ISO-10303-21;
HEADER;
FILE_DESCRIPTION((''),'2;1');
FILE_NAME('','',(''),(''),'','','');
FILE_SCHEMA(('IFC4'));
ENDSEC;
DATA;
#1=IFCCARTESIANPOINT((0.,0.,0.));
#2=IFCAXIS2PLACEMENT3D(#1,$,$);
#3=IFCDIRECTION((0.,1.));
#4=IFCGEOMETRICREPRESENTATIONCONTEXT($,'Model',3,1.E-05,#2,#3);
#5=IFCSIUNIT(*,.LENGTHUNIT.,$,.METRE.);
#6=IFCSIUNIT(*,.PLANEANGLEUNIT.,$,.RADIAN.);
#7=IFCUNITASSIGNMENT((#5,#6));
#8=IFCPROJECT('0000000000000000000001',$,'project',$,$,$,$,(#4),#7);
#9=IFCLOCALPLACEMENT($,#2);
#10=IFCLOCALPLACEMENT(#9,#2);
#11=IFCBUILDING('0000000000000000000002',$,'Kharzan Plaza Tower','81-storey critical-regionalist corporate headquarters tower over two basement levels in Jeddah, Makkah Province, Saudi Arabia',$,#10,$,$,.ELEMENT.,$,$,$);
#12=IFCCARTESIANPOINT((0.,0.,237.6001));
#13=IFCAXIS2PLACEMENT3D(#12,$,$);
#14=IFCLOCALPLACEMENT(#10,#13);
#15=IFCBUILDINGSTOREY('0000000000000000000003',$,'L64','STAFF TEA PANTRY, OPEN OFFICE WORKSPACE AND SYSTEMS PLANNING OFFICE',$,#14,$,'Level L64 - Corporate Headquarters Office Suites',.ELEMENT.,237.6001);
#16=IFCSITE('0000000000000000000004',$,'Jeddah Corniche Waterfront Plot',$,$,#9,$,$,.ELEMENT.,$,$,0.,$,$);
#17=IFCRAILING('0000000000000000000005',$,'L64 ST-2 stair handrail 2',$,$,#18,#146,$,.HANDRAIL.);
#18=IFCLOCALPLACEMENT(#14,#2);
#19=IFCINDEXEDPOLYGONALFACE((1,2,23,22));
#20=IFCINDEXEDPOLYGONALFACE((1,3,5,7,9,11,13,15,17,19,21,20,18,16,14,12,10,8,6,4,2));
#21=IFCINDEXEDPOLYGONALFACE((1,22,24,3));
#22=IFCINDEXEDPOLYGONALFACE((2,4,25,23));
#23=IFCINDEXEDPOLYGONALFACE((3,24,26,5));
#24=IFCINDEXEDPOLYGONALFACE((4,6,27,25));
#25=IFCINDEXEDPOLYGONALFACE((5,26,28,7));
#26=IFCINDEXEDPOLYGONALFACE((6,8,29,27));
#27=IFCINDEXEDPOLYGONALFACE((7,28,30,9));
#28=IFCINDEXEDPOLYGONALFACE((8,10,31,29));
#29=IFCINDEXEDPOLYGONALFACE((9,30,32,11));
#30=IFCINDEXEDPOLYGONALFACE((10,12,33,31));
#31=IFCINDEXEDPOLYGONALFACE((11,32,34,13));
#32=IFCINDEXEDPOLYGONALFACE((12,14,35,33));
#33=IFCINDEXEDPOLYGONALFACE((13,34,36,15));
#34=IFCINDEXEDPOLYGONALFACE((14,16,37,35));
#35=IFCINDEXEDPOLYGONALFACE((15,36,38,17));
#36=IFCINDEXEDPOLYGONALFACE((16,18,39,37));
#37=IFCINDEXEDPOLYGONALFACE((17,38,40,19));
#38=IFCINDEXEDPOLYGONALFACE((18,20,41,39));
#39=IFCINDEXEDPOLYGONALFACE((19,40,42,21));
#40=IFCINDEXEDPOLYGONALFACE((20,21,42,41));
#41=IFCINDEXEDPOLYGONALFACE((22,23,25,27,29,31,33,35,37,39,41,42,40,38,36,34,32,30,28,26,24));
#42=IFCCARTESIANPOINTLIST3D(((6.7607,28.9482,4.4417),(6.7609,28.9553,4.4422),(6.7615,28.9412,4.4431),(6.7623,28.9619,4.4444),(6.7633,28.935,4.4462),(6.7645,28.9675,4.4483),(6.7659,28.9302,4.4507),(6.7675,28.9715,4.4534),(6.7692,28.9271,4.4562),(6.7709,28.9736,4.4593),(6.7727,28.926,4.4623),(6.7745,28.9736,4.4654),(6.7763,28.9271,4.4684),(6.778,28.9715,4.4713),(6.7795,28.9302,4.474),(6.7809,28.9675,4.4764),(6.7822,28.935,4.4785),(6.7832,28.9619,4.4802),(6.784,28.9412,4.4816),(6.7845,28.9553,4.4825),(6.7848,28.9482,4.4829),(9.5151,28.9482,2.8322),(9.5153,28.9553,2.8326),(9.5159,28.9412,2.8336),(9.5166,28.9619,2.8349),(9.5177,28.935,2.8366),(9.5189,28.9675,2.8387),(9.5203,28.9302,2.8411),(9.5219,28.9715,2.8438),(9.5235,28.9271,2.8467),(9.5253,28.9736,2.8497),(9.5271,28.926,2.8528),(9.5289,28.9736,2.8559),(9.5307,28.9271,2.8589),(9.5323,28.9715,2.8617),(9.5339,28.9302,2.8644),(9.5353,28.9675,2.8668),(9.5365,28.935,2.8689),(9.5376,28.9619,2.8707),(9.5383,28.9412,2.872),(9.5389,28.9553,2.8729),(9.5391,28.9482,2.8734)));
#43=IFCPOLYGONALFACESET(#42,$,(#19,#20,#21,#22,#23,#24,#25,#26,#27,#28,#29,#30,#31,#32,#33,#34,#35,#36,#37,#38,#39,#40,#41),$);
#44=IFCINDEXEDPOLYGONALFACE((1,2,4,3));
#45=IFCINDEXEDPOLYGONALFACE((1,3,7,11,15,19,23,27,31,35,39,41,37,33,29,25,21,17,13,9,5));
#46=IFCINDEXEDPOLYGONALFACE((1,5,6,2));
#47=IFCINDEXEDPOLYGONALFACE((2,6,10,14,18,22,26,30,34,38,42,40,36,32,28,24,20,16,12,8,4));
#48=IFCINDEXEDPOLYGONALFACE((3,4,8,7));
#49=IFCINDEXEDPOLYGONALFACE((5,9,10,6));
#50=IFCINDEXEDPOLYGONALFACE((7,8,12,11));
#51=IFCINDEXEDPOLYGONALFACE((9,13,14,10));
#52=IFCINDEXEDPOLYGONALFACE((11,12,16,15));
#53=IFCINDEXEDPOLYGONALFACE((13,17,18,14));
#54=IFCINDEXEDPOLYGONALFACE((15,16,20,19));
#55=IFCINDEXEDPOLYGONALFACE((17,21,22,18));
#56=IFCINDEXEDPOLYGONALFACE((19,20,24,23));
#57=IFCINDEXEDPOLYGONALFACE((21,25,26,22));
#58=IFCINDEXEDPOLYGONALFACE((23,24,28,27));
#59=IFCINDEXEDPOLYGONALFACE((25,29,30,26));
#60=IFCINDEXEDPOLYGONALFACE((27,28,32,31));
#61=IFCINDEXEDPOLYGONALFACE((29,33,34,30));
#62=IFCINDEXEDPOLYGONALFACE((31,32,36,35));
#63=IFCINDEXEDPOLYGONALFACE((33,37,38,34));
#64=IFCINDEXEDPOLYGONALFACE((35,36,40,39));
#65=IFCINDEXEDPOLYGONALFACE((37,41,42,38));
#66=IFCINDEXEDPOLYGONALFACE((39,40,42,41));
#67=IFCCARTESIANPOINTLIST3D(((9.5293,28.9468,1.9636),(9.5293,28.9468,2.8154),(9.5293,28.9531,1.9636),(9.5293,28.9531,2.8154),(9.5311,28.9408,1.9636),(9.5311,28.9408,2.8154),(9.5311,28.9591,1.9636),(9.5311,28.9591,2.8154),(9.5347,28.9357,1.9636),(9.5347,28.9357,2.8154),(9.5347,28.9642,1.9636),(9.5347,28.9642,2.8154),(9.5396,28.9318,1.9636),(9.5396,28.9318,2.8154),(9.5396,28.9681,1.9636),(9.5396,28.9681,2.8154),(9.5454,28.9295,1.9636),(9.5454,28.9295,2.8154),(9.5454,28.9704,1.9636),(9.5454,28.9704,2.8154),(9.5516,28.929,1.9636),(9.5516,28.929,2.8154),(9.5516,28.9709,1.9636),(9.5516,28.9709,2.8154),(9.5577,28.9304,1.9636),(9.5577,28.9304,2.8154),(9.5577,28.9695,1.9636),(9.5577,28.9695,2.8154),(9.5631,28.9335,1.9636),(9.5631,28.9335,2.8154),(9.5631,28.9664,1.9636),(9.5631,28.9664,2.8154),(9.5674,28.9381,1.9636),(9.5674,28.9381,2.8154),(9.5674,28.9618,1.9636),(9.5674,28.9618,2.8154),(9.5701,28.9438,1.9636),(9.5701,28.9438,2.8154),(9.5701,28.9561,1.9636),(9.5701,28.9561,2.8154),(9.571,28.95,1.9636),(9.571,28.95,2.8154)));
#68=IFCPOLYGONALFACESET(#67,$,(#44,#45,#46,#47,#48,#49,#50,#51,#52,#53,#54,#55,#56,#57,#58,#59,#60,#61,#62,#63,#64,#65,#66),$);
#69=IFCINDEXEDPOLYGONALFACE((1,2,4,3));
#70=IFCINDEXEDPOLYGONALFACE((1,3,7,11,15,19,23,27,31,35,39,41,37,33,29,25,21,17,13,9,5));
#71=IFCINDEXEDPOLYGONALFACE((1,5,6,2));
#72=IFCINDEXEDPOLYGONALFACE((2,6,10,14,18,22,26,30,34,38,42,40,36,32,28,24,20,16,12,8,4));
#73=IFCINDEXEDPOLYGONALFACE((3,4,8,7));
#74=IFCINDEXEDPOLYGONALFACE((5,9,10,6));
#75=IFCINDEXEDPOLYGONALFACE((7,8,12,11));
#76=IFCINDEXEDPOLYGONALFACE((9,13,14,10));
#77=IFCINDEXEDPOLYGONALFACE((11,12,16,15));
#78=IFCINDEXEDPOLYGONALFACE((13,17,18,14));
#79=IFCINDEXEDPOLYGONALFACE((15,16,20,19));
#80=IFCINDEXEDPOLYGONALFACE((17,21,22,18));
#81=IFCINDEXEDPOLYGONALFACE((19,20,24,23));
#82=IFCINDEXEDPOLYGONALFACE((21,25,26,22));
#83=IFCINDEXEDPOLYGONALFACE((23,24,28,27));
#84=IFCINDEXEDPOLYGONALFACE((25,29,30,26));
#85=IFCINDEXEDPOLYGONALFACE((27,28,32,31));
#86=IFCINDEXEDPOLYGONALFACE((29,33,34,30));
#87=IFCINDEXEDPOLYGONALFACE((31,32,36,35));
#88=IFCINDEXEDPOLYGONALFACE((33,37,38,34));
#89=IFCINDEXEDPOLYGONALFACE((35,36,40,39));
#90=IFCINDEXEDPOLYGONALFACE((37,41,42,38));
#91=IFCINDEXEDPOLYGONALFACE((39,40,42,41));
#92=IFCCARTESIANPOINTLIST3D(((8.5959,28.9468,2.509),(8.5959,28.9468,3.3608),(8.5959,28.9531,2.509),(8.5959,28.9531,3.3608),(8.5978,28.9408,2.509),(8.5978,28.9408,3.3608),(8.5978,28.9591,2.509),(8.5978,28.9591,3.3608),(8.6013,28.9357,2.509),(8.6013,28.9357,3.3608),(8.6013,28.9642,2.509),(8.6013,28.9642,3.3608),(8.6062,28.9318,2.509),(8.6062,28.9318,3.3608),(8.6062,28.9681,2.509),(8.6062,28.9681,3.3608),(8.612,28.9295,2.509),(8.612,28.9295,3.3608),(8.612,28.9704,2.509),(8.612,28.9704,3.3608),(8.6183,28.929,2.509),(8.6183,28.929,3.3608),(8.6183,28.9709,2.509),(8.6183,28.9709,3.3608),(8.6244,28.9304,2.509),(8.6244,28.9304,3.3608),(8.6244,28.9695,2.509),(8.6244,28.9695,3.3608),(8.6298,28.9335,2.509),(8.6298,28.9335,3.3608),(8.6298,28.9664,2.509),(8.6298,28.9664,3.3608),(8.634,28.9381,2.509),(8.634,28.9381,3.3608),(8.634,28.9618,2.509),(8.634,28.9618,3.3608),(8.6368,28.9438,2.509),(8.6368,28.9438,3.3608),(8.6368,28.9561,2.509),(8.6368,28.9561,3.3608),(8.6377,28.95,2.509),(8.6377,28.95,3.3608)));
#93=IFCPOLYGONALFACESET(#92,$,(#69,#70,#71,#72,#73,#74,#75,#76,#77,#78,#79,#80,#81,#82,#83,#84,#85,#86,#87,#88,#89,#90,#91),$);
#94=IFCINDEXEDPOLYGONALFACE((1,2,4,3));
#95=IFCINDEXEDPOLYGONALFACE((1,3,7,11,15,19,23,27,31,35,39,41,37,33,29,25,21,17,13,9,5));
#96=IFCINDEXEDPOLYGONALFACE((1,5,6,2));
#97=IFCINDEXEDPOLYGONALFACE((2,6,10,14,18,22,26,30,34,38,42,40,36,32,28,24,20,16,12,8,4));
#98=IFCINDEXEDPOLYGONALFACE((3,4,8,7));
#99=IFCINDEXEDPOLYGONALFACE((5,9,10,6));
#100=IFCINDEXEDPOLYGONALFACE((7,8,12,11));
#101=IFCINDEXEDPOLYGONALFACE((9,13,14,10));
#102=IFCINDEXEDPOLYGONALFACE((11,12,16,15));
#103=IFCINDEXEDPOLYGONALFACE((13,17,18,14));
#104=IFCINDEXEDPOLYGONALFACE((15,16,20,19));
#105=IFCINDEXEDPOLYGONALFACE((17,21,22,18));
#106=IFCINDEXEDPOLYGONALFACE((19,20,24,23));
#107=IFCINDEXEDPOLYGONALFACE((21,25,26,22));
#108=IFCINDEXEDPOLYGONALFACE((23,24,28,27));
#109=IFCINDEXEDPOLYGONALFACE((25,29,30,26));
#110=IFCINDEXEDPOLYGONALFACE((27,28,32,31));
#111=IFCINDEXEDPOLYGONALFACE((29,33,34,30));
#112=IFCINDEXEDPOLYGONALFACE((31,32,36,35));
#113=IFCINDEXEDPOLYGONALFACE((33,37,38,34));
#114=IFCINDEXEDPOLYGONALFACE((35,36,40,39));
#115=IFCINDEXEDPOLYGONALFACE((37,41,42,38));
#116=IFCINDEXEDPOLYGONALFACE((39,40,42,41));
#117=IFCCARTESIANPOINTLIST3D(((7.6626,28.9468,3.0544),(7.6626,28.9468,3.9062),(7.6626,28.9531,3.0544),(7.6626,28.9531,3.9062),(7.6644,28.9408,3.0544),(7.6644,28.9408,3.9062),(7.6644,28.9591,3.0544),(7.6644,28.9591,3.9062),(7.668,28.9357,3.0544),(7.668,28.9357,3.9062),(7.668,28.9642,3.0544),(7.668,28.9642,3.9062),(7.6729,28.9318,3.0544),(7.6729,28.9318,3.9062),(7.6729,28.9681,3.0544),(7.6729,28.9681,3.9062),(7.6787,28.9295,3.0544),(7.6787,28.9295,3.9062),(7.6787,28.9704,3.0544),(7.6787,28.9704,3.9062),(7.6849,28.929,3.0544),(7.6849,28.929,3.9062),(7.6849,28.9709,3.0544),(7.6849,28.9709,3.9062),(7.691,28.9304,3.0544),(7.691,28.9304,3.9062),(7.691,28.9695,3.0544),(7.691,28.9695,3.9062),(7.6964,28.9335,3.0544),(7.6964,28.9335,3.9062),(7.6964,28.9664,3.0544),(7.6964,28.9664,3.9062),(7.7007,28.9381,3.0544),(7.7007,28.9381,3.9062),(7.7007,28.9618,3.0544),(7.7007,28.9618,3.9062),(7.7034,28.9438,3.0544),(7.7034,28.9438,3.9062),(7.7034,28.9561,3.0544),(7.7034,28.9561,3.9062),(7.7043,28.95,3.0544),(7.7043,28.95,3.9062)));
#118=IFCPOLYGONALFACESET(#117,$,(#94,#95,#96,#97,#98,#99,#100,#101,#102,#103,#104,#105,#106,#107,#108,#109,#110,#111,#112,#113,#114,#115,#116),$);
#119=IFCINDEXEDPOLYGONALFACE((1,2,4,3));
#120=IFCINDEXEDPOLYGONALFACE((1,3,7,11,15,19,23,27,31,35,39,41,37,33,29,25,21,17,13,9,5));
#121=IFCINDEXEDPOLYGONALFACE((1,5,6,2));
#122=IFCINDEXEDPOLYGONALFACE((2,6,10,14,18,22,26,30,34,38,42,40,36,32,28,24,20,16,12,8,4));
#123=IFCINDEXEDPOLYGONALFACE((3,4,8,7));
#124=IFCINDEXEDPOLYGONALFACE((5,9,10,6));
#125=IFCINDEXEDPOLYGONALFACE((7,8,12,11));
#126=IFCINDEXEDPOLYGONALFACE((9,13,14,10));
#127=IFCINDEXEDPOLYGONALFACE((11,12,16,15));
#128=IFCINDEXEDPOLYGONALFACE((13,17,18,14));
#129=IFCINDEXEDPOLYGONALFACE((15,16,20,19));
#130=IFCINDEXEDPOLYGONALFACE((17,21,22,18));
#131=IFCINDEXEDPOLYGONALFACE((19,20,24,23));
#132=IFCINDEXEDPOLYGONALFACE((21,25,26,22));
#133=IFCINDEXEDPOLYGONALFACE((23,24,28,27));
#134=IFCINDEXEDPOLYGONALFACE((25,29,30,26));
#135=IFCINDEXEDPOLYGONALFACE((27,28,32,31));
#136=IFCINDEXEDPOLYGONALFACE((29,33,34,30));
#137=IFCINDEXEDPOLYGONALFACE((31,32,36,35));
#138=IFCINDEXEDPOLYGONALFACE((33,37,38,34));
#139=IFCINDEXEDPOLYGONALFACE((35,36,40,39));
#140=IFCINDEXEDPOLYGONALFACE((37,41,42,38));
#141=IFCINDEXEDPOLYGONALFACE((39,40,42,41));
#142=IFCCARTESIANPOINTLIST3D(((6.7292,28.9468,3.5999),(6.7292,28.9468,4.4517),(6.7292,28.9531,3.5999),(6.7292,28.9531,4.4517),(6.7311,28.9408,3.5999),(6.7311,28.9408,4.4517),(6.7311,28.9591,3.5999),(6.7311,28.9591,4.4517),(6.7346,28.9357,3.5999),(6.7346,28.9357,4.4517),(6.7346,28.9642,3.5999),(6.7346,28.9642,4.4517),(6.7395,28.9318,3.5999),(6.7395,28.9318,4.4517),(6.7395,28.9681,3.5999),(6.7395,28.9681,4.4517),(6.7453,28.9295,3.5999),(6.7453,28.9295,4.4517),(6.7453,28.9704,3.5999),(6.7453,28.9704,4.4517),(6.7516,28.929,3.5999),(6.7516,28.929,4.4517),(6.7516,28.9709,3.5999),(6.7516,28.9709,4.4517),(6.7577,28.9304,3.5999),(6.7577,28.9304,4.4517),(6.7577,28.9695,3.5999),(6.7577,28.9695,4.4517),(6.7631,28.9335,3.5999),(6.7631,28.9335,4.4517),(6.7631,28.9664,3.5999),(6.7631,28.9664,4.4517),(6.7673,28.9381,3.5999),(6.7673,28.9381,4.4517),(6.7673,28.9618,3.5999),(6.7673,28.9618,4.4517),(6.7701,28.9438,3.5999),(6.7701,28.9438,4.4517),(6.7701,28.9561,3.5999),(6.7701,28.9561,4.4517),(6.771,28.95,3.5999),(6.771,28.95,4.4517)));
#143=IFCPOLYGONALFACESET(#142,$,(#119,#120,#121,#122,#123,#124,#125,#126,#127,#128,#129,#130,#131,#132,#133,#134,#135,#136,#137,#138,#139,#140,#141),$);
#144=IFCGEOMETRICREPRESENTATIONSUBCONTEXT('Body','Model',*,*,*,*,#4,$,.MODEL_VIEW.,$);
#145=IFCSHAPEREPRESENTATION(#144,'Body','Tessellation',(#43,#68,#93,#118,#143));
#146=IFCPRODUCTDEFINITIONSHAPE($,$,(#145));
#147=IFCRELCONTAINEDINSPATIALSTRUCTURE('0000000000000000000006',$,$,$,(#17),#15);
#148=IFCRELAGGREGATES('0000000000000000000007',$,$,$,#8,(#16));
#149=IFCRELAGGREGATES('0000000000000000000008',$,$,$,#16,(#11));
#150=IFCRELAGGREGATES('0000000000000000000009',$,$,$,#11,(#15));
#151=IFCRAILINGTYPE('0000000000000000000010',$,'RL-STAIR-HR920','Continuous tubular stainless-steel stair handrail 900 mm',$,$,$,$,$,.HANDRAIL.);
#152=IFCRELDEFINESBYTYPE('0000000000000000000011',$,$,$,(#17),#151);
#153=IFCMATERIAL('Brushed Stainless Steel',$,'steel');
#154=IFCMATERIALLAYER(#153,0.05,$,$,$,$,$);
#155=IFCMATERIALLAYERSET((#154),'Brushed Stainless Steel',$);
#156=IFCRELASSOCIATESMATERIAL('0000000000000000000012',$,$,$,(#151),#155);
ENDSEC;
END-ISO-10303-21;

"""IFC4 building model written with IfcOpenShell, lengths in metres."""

from ifc_helpers import new_model, si_unit, direction, frame, origin, origin_2d, place, context, subcontext, project, spatial, circle, extrude, source, transform, mapped, material, layer, layer_set, type_object, element, save


model = new_model("IFC4")

# Units and contexts
model_context = context("Model", 3, precision=1e-05, world=origin(), true_north=direction((0.0, 1.0)))
body_context = subcontext(model_context, "Body", "Model", "MODEL_VIEW")
ifc_project = project(units=[si_unit("LENGTHUNIT", "METRE"), si_unit("PLANEANGLEUNIT", "RADIAN")], contexts=[model_context])

# Site, building, storey
site_placement = place(None, origin())
site = spatial("IfcSite", under=ifc_project, at=site_placement, Name="Jeddah Corniche Waterfront Plot", CompositionType="ELEMENT", RefElevation=0.0)
building_placement = place(site_placement, origin())
building = spatial("IfcBuilding", under=site, at=building_placement, Name="Kharzan Plaza Tower", Description="81-storey critical-regionalist corporate headquarters tower over two basement levels in Jeddah, Makkah Province, Saudi Arabia", CompositionType="ELEMENT")
storey_placement = place(building_placement, frame((0.0, 0.0, 237.6001)))
storey = spatial("IfcBuildingStorey", under=building, at=storey_placement, Name="L64", Description="STAFF TEA PANTRY, OPEN OFFICE WORKSPACE AND SYSTEMS PLANNING OFFICE", LongName="Level L64 - Corporate Headquarters Office Suites", CompositionType="ELEMENT", Elevation=237.6001)

# Railing
ifc_material_1 = material(Name="Brushed Stainless Steel", Category="steel")
ifc_layer_1 = layer(ifc_material_1, 0.05)
ifc_layer_set_1 = layer_set([ifc_layer_1], Name="Brushed Stainless Steel")
railing_type_1 = type_object("IfcRailingType", Name="RL-STAIR-HR920", Description="Continuous tubular stainless-steel stair handrail 900 mm", PredefinedType="HANDRAIL", material=ifc_layer_set_1)
shared_shape_1 = source(origin(), body_context, "Body", "SweptSolid", [
    extrude(circle(Radius=0.0239, at=origin_2d()), frame((-0.0229, 0.0, 0.8892), z_axis=(-0.863394, 0.0, 0.504531), x_axis=(0.0, -1.0, 0.0)), (0.0, 0.0, 1.0), 3.1902),
    extrude(circle(Radius=0.021, at=origin_2d()), origin(), (0.0, 0.0, 1.0), 0.8518),
    extrude(circle(Radius=0.021, at=origin_2d()), frame((-0.9333, 0.0, 0.5454)), (0.0, 0.0, 1.0), 0.8518),
    extrude(circle(Radius=0.021, at=origin_2d()), frame((-1.8667, 0.0, 1.0908)), (0.0, 0.0, 1.0), 0.8518),
    extrude(circle(Radius=0.021, at=origin_2d()), frame((-2.8, 0.0, 1.6362)), (0.0, 0.0, 1.0), 0.8518),
])
railing_1_placement = place(storey_placement, frame((9.55, 28.95, 1.9636)))
element("IfcRailing", 1, at=railing_1_placement, inside=storey, type_object=railing_type_1, Name="L64 ST-2 stair handrail 2", PredefinedType="HANDRAIL", context=body_context, shape_type="MappedRepresentation", body=[
    mapped(shared_shape_1, transform((0.0, 0.0, 0.0), x_axis=(1.0, 0.0, 0.0), y_axis=(0.0, 1.0, 0.0), z_axis=(0.0, 0.0, 1.0))),
])

save(model, "model.ifc")
